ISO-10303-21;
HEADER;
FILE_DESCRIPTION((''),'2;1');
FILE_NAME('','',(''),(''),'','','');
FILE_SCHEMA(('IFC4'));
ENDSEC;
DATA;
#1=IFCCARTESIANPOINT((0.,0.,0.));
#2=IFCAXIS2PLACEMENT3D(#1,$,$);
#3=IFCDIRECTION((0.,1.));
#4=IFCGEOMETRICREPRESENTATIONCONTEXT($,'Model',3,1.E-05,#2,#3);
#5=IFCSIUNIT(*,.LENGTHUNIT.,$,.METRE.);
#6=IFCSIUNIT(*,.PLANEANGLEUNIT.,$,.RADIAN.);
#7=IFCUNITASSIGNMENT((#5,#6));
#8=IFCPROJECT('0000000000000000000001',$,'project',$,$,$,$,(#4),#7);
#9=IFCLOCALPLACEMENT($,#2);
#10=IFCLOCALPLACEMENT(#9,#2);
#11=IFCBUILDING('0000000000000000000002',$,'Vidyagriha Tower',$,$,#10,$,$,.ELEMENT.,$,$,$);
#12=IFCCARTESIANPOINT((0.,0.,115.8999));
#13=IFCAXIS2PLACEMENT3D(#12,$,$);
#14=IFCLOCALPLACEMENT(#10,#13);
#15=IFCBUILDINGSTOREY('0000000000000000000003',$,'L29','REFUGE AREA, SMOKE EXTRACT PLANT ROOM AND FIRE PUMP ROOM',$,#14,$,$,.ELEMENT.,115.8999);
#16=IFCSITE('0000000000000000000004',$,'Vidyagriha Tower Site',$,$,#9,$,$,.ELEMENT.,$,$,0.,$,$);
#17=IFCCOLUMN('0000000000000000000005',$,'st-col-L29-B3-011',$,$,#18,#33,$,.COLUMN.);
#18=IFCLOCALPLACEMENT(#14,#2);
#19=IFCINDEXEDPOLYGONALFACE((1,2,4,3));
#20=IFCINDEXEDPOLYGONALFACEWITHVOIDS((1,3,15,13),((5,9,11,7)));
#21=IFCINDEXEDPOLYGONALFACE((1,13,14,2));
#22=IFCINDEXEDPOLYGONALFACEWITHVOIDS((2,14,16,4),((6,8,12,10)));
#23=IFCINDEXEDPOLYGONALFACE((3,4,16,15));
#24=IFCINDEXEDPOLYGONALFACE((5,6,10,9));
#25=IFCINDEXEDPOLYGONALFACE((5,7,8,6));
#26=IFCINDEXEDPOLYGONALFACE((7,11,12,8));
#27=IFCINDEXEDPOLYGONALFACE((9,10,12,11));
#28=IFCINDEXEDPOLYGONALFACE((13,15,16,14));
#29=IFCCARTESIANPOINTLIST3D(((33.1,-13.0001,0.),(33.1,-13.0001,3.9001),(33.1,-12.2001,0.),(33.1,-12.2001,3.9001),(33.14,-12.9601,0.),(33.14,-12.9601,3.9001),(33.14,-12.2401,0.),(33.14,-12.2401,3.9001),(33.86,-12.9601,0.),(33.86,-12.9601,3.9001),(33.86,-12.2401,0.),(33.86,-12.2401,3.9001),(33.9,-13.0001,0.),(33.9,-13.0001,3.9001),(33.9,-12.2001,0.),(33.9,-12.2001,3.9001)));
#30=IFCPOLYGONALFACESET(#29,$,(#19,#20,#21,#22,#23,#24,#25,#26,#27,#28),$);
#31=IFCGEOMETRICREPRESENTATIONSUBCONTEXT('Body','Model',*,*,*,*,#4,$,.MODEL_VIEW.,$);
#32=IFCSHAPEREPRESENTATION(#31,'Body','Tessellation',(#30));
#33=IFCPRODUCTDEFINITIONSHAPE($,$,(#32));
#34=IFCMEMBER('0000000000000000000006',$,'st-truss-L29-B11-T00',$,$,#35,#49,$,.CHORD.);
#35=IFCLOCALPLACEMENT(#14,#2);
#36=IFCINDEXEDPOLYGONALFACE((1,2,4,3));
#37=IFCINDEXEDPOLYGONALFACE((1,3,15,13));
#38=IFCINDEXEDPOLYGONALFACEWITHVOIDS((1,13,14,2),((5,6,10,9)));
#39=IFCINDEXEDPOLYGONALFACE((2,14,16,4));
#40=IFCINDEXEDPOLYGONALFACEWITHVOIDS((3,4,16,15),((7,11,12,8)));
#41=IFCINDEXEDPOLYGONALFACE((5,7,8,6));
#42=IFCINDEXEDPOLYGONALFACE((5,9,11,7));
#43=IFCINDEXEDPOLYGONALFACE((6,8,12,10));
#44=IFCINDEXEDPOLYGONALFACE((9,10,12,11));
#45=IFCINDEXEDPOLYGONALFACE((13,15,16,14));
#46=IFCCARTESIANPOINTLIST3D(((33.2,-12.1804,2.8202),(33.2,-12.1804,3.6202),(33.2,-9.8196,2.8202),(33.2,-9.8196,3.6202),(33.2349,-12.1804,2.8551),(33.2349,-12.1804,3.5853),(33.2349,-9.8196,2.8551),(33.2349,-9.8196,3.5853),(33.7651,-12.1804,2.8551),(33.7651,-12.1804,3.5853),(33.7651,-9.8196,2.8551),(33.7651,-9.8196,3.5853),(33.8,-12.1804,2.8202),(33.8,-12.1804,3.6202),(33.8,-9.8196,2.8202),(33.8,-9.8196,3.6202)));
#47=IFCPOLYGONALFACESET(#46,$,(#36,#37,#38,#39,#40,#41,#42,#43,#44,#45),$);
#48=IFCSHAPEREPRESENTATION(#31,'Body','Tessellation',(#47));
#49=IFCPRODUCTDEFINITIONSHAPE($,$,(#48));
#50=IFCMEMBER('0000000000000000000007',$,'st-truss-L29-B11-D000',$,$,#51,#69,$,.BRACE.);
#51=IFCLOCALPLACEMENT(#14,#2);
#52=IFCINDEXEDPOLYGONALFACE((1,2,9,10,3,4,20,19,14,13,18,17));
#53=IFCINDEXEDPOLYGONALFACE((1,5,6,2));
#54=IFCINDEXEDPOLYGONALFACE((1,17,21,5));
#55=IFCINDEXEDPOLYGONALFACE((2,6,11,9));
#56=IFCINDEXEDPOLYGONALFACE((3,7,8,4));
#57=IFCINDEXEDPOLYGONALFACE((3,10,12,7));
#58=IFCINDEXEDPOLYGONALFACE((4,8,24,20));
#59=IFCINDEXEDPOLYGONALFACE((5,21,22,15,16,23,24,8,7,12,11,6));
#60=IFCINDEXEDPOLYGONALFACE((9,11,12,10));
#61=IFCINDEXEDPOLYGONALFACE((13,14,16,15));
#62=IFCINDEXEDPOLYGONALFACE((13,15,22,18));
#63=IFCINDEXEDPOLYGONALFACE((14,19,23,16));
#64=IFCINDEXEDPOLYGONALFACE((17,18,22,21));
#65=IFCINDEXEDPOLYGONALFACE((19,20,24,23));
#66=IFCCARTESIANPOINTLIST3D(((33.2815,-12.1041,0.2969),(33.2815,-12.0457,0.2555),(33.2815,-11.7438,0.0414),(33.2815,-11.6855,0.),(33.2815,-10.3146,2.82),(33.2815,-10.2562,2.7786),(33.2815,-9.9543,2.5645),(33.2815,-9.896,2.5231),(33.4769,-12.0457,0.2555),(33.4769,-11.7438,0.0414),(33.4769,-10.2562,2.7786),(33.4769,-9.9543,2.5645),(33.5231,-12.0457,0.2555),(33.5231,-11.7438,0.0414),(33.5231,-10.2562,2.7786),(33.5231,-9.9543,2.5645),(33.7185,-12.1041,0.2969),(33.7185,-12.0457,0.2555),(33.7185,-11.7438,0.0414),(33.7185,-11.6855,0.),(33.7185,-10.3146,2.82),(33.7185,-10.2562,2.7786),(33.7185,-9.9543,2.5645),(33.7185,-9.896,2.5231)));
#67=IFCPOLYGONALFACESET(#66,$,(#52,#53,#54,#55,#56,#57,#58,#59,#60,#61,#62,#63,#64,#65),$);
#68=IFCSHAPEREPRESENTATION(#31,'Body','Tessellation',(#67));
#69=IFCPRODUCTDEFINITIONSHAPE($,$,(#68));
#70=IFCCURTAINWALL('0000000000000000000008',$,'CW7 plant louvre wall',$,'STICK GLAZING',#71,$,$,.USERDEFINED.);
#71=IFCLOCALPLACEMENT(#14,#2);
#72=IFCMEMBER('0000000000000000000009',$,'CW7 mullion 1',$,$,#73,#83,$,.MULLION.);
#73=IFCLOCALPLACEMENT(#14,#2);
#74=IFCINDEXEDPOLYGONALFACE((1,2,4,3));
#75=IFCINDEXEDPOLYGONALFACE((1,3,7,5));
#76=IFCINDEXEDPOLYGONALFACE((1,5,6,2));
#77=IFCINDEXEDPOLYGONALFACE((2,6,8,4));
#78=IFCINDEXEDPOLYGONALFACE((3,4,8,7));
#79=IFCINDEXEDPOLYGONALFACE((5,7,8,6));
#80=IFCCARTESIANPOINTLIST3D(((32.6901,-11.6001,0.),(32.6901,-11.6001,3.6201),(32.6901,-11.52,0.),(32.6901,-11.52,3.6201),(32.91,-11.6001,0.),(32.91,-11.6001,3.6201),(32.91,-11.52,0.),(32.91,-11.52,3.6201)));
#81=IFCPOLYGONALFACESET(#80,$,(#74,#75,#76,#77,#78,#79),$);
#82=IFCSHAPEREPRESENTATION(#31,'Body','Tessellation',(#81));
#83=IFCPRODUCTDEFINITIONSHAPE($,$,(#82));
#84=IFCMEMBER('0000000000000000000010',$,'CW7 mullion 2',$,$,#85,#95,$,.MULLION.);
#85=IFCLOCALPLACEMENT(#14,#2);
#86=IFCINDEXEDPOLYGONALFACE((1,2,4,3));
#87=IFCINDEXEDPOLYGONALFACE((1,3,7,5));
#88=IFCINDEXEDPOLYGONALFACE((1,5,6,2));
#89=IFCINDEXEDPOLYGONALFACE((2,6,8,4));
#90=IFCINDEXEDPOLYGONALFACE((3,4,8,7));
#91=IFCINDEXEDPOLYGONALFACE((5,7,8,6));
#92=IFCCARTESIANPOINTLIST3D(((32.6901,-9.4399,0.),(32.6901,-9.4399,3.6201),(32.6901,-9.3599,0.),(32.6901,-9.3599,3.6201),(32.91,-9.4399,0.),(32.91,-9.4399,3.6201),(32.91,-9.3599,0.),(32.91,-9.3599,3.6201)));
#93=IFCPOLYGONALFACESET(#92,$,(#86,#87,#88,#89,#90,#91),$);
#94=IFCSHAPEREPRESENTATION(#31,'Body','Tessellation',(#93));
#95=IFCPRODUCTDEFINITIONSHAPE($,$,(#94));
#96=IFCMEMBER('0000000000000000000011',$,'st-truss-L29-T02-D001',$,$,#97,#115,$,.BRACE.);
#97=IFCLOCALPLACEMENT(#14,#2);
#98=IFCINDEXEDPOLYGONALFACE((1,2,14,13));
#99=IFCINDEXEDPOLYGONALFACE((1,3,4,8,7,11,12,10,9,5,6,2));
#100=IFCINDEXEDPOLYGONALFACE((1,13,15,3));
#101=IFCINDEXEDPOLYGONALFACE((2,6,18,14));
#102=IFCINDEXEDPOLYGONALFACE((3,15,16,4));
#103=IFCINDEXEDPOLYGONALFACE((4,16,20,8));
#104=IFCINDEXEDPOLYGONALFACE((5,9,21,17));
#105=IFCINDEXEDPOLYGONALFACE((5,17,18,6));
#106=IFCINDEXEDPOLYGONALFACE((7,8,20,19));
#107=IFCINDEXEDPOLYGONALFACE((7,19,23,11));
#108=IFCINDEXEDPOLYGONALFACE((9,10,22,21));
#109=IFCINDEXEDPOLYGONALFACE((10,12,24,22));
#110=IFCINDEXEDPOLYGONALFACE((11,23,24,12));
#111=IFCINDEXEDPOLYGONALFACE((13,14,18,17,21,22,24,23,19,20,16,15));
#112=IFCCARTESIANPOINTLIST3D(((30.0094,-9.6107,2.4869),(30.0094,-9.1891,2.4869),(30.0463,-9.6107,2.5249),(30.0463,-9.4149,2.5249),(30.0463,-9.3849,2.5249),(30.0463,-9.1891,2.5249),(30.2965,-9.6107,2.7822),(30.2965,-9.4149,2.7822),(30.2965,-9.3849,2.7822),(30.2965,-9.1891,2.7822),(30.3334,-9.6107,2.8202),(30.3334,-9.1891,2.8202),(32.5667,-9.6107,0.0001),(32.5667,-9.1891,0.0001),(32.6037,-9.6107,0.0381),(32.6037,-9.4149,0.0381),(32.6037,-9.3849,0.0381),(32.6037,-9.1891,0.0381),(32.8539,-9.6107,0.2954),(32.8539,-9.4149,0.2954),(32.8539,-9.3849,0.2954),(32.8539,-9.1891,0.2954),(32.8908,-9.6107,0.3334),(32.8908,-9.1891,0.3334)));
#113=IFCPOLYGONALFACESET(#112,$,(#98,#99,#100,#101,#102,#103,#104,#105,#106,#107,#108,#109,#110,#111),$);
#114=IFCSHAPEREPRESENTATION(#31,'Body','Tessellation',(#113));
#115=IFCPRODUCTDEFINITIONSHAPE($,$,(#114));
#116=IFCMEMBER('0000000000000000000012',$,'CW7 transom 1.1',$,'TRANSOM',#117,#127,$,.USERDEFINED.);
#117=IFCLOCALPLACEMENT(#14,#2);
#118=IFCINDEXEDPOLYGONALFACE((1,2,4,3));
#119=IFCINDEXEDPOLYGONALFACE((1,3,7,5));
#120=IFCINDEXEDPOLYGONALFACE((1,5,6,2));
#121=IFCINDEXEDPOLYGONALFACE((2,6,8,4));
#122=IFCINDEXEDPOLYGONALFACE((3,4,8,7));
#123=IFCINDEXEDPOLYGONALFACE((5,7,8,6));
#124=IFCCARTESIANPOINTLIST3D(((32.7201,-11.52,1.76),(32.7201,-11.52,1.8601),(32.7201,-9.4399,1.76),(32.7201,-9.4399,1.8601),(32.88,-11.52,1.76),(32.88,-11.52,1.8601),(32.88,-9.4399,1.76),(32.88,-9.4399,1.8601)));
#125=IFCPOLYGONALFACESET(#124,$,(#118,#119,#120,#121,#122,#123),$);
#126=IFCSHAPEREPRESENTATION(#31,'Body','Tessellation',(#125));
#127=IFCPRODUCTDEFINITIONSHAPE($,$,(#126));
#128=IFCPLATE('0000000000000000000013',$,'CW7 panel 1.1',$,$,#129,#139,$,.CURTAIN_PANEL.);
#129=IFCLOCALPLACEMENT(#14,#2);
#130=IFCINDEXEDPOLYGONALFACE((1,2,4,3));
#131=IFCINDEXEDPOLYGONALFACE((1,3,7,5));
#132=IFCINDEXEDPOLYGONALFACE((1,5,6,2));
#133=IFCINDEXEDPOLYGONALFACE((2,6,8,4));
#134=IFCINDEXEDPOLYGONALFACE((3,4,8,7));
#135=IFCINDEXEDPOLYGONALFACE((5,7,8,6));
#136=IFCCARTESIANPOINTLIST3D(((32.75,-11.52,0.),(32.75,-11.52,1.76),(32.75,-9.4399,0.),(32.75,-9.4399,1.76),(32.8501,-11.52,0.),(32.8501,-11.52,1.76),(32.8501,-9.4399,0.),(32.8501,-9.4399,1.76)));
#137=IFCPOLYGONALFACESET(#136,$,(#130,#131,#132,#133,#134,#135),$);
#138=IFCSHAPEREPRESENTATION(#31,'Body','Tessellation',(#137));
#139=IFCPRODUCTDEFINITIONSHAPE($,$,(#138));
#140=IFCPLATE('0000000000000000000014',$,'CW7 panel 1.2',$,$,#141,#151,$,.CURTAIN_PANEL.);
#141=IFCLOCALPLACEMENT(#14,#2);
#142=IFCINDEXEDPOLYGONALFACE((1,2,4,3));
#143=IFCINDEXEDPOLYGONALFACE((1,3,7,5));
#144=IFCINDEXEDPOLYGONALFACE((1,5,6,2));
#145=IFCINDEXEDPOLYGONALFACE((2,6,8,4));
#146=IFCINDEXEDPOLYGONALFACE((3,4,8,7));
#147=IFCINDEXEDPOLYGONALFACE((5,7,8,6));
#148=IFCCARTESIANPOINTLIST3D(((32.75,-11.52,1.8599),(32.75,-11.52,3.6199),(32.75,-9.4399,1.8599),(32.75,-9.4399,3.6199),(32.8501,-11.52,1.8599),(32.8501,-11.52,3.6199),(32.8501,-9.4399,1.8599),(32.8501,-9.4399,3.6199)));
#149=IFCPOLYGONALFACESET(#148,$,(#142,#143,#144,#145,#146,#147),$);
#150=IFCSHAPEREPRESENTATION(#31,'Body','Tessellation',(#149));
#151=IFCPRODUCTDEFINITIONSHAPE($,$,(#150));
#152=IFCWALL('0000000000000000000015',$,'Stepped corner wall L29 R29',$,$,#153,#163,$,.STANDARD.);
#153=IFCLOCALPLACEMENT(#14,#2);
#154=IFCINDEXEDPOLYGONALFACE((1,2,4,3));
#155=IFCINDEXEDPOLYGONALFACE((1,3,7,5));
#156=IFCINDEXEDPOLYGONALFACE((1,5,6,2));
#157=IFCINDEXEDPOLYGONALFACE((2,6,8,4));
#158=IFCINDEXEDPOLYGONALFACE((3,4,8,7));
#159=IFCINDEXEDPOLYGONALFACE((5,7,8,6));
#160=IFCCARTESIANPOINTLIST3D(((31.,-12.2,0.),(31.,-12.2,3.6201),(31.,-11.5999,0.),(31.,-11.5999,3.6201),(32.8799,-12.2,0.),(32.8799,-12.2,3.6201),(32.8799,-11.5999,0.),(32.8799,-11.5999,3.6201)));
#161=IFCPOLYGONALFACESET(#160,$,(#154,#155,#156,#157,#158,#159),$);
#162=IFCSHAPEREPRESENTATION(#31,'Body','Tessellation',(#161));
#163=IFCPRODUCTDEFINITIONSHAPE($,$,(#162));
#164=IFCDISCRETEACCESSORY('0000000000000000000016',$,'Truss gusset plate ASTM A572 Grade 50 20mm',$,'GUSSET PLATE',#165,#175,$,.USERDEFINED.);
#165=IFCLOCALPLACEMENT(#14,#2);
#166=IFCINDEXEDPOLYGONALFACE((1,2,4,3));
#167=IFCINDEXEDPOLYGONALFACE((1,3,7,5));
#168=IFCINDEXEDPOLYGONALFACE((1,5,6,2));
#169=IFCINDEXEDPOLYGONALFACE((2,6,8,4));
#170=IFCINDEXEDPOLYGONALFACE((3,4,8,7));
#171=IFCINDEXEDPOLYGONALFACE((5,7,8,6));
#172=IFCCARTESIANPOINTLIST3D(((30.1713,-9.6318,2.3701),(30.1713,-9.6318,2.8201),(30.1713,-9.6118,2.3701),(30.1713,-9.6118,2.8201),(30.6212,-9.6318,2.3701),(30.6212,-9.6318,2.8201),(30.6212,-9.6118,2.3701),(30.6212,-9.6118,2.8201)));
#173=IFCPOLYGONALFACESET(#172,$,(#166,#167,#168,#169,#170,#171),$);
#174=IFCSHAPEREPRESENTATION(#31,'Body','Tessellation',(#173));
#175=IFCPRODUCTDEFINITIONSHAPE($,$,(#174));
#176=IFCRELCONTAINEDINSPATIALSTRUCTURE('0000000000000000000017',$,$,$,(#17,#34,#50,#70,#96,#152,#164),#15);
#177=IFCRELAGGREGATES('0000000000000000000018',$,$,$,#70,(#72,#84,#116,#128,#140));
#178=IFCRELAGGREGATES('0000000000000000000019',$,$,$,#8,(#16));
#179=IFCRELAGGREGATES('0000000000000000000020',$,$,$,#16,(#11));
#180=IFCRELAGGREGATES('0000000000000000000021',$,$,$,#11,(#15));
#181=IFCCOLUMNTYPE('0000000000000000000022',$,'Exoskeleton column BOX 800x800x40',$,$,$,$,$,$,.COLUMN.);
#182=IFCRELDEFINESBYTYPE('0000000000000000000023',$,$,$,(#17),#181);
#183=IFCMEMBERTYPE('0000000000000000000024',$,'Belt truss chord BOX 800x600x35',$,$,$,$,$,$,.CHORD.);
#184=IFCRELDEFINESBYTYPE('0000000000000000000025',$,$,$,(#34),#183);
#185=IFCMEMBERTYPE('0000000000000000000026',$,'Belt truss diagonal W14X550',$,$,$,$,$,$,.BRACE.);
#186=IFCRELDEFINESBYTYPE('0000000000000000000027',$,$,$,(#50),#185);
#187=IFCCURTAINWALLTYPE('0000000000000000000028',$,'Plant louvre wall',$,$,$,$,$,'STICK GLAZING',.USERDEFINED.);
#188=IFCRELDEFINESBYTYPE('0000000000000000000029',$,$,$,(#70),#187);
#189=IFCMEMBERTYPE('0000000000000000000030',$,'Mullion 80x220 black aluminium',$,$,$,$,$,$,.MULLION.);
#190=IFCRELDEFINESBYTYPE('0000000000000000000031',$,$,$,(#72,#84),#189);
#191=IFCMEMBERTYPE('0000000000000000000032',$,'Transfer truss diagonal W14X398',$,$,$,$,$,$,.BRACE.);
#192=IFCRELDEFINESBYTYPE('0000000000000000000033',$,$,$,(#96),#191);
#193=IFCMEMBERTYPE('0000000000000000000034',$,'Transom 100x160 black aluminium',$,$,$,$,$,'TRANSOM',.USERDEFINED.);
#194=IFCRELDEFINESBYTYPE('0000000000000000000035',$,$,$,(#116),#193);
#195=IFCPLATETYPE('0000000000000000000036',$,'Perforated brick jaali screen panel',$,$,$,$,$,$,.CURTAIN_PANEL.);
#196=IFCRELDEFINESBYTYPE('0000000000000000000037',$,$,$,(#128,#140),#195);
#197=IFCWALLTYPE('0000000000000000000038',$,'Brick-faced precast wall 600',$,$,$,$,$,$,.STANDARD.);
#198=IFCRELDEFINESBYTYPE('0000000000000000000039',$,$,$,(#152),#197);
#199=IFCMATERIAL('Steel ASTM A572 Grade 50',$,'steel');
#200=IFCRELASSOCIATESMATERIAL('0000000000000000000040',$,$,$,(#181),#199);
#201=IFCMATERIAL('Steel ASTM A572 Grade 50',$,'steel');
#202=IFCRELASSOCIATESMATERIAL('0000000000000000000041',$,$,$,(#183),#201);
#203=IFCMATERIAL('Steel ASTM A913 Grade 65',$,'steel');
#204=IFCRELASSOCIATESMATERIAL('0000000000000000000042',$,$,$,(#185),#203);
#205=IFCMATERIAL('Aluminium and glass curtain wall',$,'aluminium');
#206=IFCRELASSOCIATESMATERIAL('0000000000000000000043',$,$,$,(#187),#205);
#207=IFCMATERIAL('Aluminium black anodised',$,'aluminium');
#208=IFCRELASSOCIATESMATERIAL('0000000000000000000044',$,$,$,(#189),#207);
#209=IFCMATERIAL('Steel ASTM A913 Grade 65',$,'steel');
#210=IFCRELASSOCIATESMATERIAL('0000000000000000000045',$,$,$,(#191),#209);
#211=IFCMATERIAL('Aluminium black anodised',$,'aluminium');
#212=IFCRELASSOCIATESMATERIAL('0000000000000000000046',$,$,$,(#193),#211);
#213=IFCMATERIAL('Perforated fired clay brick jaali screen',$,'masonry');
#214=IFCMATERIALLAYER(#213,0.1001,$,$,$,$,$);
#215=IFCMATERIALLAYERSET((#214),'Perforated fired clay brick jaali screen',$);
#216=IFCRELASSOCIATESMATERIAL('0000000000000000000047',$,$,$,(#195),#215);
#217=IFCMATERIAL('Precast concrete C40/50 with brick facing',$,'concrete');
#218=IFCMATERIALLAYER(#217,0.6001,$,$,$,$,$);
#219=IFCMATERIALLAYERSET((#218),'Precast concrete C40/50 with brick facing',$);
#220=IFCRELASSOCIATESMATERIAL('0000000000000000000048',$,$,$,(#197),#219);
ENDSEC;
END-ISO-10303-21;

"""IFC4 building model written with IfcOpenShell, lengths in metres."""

from ifc_helpers import new_model, si_unit, direction, frame, frame_2d, origin, origin_2d, place, context, subcontext, project, spatial, rectangle, hollow_rectangle, i_section, extrude, material, layer, layer_set, material_profile, profile_set, type_object, element, aggregate, save


model = new_model("IFC4")

# Units and contexts
model_context = context("Model", 3, precision=1e-05, world=origin(), true_north=direction((0.0, 1.0)))
body_context = subcontext(model_context, "Body", "Model", "MODEL_VIEW")
ifc_project = project(units=[si_unit("LENGTHUNIT", "METRE"), si_unit("PLANEANGLEUNIT", "RADIAN")], contexts=[model_context])

# Site, building, storey
site_placement = place(None, origin())
site = spatial("IfcSite", under=ifc_project, at=site_placement, Name="Vidyagriha Tower Site", CompositionType="ELEMENT", RefElevation=0.0)
building_placement = place(site_placement, origin())
building = spatial("IfcBuilding", under=site, at=building_placement, Name="Vidyagriha Tower", CompositionType="ELEMENT")
storey_placement = place(building_placement, frame((0.0, 0.0, 115.8999)))
storey = spatial("IfcBuildingStorey", under=building, at=storey_placement, Name="L29", Description="REFUGE AREA, SMOKE EXTRACT PLANT ROOM AND FIRE PUMP ROOM", CompositionType="ELEMENT", Elevation=115.8999)

# Column
ifc_material_1 = material(Name="Steel ASTM A572 Grade 50", Category="steel")
ifc_material_profile_1 = material_profile(ifc_material_1, hollow_rectangle(XDim=0.8, YDim=0.8, WallThickness=0.04, at=origin_2d()), Name="BOX 800x800x40")
ifc_profile_set_1 = profile_set([ifc_material_profile_1], Name="Steel ASTM A572 Grade 50")
column_type = type_object("IfcColumnType", Name="Exoskeleton column BOX 800x800x40", PredefinedType="COLUMN", material=ifc_profile_set_1)
column_placement = place(storey_placement, frame((33.5, -12.6001, 0.0)))
element("IfcColumn", 1, at=column_placement, inside=storey, type_object=column_type, Name="st-col-L29-B3-011", PredefinedType="COLUMN", context=body_context, shape_type="SweptSolid", body=[
    extrude(hollow_rectangle(XDim=0.8, YDim=0.8, WallThickness=0.04, at=origin_2d()), origin(), (0.0, 0.0, 1.0), 3.9001),
])

# Members
ifc_material_2 = material(Name="Steel ASTM A572 Grade 50", Category="steel")
ifc_material_profile_2 = material_profile(ifc_material_2, hollow_rectangle(XDim=0.6001, YDim=0.8, WallThickness=0.0349, at=origin_2d()), Name="BOX 800x600x35")
ifc_profile_set_2 = profile_set([ifc_material_profile_2], Name="Steel ASTM A572 Grade 50")
member_type_1 = type_object("IfcMemberType", Name="Belt truss chord BOX 800x600x35", PredefinedType="CHORD", material=ifc_profile_set_2)
member_1_placement = place(storey_placement, frame((33.5, -12.1804, 3.2202), z_axis=(0.0, 1.0, 0.0), x_axis=(-1.0, 0.0, 0.0)))
element("IfcMember", 2, at=member_1_placement, inside=storey, type_object=member_type_1, Name="st-truss-L29-B11-T00", PredefinedType="CHORD", context=body_context, shape_type="SweptSolid", body=[
    extrude(hollow_rectangle(XDim=0.6001, YDim=0.8, WallThickness=0.0349, at=origin_2d()), origin(), (0.0, 0.0, 1.0), 2.3608),
])
ifc_material_3 = material(Name="Steel ASTM A913 Grade 65", Category="steel")
ifc_material_profile_3 = material_profile(ifc_material_3, i_section(OverallWidth=0.437, OverallDepth=0.5132, WebThickness=0.0461, FlangeThickness=0.0715, at=origin_2d()), Name="W14X550")
ifc_profile_set_3 = profile_set([ifc_material_profile_3], Name="Steel ASTM A913 Grade 65")
member_type_2 = type_object("IfcMemberType", Name="Belt truss diagonal W14X550", PredefinedType="BRACE", material=ifc_profile_set_3)
member_2_placement = place(storey_placement, frame((33.5, -11.8948, 0.1484), z_axis=(0.0, 0.57851, 0.815675), x_axis=(-1.0, 0.0, 0.0)))
element("IfcMember", 3, at=member_2_placement, inside=storey, type_object=member_type_2, Name="st-truss-L29-B11-D000", PredefinedType="BRACE", context=body_context, shape_type="SweptSolid", body=[
    extrude(i_section(OverallWidth=0.437, OverallDepth=0.5132, WebThickness=0.0461, FlangeThickness=0.0715, at=origin_2d()), origin(), (0.0, 0.0, 1.0), 3.0933),
])

# Curtain wall, members
ifc_material_4 = material(Name="Aluminium and glass curtain wall", Category="aluminium")
curtain_wall_type = type_object("IfcCurtainWallType", Name="Plant louvre wall", ElementType="STICK GLAZING", PredefinedType="USERDEFINED", material=ifc_material_4)
curtain_wall_placement = place(storey_placement, origin())
curtain_wall = element("IfcCurtainWall", 4, at=curtain_wall_placement, inside=storey, type_object=curtain_wall_type, Name="CW7 plant louvre wall", ObjectType="STICK GLAZING", PredefinedType="USERDEFINED")
ifc_material_5 = material(Name="Aluminium black anodised", Category="aluminium")
ifc_material_profile_4 = material_profile(ifc_material_5, rectangle(XDim=0.22, YDim=0.0801, at=origin_2d()), Name="Mullion 80x220 black aluminium")
ifc_profile_set_4 = profile_set([ifc_material_profile_4], Name="Aluminium black anodised")
member_type_3 = type_object("IfcMemberType", Name="Mullion 80x220 black aluminium", PredefinedType="MULLION", material=ifc_profile_set_4)
member_3_placement = place(storey_placement, frame((32.8, -11.5601, 0.0), z_axis=(0.0, 0.0, 1.0), x_axis=(-1.0, 0.0, 0.0)))
member_3 = element("IfcMember", 5, at=member_3_placement, type_object=member_type_3, Name="CW7 mullion 1", PredefinedType="MULLION", context=body_context, shape_type="SweptSolid", body=[
    extrude(rectangle(XDim=0.22, YDim=0.0801, at=origin_2d()), origin(), (0.0, 0.0, 1.0), 3.6201),
])
member_4_placement = place(storey_placement, frame((32.8, -9.3999, 0.0), z_axis=(0.0, 0.0, 1.0), x_axis=(-1.0, 0.0, 0.0)))
member_4 = element("IfcMember", 6, at=member_4_placement, type_object=member_type_3, Name="CW7 mullion 2", PredefinedType="MULLION", context=body_context, shape_type="SweptSolid", body=[
    extrude(rectangle(XDim=0.22, YDim=0.0801, at=origin_2d()), origin(), (0.0, 0.0, 1.0), 3.6201),
])

# Members
ifc_material_6 = material(Name="Steel ASTM A913 Grade 65", Category="steel")
ifc_material_profile_5 = material_profile(ifc_material_6, i_section(OverallWidth=0.4216, OverallDepth=0.4648, WebThickness=0.03, FlangeThickness=0.053, at=origin_2d()), Name="W14X398")
ifc_profile_set_5 = profile_set([ifc_material_profile_5], Name="Steel ASTM A913 Grade 65")
member_type_4 = type_object("IfcMemberType", Name="Transfer truss diagonal W14X398", PredefinedType="BRACE", material=ifc_profile_set_5)
member_5_placement = place(storey_placement, frame((30.1714, -9.3999, 2.6536), z_axis=(0.716927, 0.0, -0.697148), x_axis=(0.0, 1.0, 0.0)))
element("IfcMember", 7, at=member_5_placement, inside=storey, type_object=member_type_4, Name="st-truss-L29-T02-D001", PredefinedType="BRACE", context=body_context, shape_type="SweptSolid", body=[
    extrude(i_section(OverallWidth=0.4216, OverallDepth=0.4648, WebThickness=0.03, FlangeThickness=0.053, at=origin_2d()), origin(), (0.0, 0.0, 1.0), 3.5671),
])
ifc_material_7 = material(Name="Aluminium black anodised", Category="aluminium")
ifc_material_profile_6 = material_profile(ifc_material_7, rectangle(XDim=0.1599, YDim=0.1001, at=origin_2d()), Name="Transom 100x160 black aluminium")
ifc_profile_set_6 = profile_set([ifc_material_profile_6], Name="Aluminium black anodised")
member_type_5 = type_object("IfcMemberType", Name="Transom 100x160 black aluminium", ElementType="TRANSOM", PredefinedType="USERDEFINED", material=ifc_profile_set_6)
member_6_placement = place(storey_placement, frame((32.8, -11.52, 1.8101), z_axis=(0.0, 1.0, 0.0), x_axis=(-1.0, 0.0, 0.0)))
member_6 = element("IfcMember", 8, at=member_6_placement, type_object=member_type_5, Name="CW7 transom 1.1", ObjectType="TRANSOM", PredefinedType="USERDEFINED", context=body_context, shape_type="SweptSolid", body=[
    extrude(rectangle(XDim=0.1599, YDim=0.1001, at=origin_2d()), origin(), (0.0, 0.0, 1.0), 2.0801),
])

# Plates
ifc_material_8 = material(Name="Perforated fired clay brick jaali screen", Category="masonry")
ifc_layer_1 = layer(ifc_material_8, 0.1001)
ifc_layer_set_1 = layer_set([ifc_layer_1], Name="Perforated fired clay brick jaali screen")
plate_type = type_object("IfcPlateType", Name="Perforated brick jaali screen panel", PredefinedType="CURTAIN_PANEL", material=ifc_layer_set_1)
plate_1_placement = place(storey_placement, frame((32.8, -10.48, 0.0), z_axis=(0.0, 0.0, 1.0), x_axis=(0.0, 1.0, 0.0)))
plate_1 = element("IfcPlate", 9, at=plate_1_placement, type_object=plate_type, Name="CW7 panel 1.1", PredefinedType="CURTAIN_PANEL", context=body_context, shape_type="SweptSolid", body=[
    extrude(rectangle(XDim=2.0801, YDim=0.1001, at=origin_2d()), origin(), (0.0, 0.0, 1.0), 1.76),
])
plate_2_placement = place(storey_placement, frame((32.8, -10.48, 1.8599), z_axis=(0.0, 0.0, 1.0), x_axis=(0.0, 1.0, 0.0)))
plate_2 = element("IfcPlate", 10, at=plate_2_placement, type_object=plate_type, Name="CW7 panel 1.2", PredefinedType="CURTAIN_PANEL", context=body_context, shape_type="SweptSolid", body=[
    extrude(rectangle(XDim=2.0801, YDim=0.1001, at=origin_2d()), origin(), (0.0, 0.0, 1.0), 1.76),
])
aggregate(curtain_wall, [member_3, member_4, member_6, plate_1, plate_2])

# Wall
ifc_material_9 = material(Name="Precast concrete C40/50 with brick facing", Category="concrete")
ifc_layer_2 = layer(ifc_material_9, 0.6001)
ifc_layer_set_2 = layer_set([ifc_layer_2], Name="Precast concrete C40/50 with brick facing")
wall_type = type_object("IfcWallType", Name="Brick-faced precast wall 600", PredefinedType="STANDARD", material=ifc_layer_set_2)
wall_placement = place(storey_placement, frame((31.0, -11.8999, 0.0)))
element("IfcWall", 11, at=wall_placement, inside=storey, type_object=wall_type, Name="Stepped corner wall L29 R29", PredefinedType="STANDARD", context=body_context, shape_type="SweptSolid", body=[
    extrude(rectangle(XDim=1.8799, YDim=0.6001, at=frame_2d((0.9399, 0.0))), origin(), (0.0, 0.0, 1.0), 3.6201),
])

# Discrete accessory
for number, where, name in (
    (12, (30.3962, -9.6218, 2.3701), "Truss gusset plate ASTM A572 Grade 50 20mm"),
):
    element("IfcDiscreteAccessory", number, at=place(storey_placement, frame(where)), inside=storey, Name=name, ObjectType="GUSSET PLATE", PredefinedType="USERDEFINED", context=body_context, shape_type="SweptSolid", body=[
        extrude(rectangle(XDim=0.45, YDim=0.02, at=origin_2d()), origin(), (0.0, 0.0, 1.0), 0.45),
    ])

save(model, "model.ifc")
